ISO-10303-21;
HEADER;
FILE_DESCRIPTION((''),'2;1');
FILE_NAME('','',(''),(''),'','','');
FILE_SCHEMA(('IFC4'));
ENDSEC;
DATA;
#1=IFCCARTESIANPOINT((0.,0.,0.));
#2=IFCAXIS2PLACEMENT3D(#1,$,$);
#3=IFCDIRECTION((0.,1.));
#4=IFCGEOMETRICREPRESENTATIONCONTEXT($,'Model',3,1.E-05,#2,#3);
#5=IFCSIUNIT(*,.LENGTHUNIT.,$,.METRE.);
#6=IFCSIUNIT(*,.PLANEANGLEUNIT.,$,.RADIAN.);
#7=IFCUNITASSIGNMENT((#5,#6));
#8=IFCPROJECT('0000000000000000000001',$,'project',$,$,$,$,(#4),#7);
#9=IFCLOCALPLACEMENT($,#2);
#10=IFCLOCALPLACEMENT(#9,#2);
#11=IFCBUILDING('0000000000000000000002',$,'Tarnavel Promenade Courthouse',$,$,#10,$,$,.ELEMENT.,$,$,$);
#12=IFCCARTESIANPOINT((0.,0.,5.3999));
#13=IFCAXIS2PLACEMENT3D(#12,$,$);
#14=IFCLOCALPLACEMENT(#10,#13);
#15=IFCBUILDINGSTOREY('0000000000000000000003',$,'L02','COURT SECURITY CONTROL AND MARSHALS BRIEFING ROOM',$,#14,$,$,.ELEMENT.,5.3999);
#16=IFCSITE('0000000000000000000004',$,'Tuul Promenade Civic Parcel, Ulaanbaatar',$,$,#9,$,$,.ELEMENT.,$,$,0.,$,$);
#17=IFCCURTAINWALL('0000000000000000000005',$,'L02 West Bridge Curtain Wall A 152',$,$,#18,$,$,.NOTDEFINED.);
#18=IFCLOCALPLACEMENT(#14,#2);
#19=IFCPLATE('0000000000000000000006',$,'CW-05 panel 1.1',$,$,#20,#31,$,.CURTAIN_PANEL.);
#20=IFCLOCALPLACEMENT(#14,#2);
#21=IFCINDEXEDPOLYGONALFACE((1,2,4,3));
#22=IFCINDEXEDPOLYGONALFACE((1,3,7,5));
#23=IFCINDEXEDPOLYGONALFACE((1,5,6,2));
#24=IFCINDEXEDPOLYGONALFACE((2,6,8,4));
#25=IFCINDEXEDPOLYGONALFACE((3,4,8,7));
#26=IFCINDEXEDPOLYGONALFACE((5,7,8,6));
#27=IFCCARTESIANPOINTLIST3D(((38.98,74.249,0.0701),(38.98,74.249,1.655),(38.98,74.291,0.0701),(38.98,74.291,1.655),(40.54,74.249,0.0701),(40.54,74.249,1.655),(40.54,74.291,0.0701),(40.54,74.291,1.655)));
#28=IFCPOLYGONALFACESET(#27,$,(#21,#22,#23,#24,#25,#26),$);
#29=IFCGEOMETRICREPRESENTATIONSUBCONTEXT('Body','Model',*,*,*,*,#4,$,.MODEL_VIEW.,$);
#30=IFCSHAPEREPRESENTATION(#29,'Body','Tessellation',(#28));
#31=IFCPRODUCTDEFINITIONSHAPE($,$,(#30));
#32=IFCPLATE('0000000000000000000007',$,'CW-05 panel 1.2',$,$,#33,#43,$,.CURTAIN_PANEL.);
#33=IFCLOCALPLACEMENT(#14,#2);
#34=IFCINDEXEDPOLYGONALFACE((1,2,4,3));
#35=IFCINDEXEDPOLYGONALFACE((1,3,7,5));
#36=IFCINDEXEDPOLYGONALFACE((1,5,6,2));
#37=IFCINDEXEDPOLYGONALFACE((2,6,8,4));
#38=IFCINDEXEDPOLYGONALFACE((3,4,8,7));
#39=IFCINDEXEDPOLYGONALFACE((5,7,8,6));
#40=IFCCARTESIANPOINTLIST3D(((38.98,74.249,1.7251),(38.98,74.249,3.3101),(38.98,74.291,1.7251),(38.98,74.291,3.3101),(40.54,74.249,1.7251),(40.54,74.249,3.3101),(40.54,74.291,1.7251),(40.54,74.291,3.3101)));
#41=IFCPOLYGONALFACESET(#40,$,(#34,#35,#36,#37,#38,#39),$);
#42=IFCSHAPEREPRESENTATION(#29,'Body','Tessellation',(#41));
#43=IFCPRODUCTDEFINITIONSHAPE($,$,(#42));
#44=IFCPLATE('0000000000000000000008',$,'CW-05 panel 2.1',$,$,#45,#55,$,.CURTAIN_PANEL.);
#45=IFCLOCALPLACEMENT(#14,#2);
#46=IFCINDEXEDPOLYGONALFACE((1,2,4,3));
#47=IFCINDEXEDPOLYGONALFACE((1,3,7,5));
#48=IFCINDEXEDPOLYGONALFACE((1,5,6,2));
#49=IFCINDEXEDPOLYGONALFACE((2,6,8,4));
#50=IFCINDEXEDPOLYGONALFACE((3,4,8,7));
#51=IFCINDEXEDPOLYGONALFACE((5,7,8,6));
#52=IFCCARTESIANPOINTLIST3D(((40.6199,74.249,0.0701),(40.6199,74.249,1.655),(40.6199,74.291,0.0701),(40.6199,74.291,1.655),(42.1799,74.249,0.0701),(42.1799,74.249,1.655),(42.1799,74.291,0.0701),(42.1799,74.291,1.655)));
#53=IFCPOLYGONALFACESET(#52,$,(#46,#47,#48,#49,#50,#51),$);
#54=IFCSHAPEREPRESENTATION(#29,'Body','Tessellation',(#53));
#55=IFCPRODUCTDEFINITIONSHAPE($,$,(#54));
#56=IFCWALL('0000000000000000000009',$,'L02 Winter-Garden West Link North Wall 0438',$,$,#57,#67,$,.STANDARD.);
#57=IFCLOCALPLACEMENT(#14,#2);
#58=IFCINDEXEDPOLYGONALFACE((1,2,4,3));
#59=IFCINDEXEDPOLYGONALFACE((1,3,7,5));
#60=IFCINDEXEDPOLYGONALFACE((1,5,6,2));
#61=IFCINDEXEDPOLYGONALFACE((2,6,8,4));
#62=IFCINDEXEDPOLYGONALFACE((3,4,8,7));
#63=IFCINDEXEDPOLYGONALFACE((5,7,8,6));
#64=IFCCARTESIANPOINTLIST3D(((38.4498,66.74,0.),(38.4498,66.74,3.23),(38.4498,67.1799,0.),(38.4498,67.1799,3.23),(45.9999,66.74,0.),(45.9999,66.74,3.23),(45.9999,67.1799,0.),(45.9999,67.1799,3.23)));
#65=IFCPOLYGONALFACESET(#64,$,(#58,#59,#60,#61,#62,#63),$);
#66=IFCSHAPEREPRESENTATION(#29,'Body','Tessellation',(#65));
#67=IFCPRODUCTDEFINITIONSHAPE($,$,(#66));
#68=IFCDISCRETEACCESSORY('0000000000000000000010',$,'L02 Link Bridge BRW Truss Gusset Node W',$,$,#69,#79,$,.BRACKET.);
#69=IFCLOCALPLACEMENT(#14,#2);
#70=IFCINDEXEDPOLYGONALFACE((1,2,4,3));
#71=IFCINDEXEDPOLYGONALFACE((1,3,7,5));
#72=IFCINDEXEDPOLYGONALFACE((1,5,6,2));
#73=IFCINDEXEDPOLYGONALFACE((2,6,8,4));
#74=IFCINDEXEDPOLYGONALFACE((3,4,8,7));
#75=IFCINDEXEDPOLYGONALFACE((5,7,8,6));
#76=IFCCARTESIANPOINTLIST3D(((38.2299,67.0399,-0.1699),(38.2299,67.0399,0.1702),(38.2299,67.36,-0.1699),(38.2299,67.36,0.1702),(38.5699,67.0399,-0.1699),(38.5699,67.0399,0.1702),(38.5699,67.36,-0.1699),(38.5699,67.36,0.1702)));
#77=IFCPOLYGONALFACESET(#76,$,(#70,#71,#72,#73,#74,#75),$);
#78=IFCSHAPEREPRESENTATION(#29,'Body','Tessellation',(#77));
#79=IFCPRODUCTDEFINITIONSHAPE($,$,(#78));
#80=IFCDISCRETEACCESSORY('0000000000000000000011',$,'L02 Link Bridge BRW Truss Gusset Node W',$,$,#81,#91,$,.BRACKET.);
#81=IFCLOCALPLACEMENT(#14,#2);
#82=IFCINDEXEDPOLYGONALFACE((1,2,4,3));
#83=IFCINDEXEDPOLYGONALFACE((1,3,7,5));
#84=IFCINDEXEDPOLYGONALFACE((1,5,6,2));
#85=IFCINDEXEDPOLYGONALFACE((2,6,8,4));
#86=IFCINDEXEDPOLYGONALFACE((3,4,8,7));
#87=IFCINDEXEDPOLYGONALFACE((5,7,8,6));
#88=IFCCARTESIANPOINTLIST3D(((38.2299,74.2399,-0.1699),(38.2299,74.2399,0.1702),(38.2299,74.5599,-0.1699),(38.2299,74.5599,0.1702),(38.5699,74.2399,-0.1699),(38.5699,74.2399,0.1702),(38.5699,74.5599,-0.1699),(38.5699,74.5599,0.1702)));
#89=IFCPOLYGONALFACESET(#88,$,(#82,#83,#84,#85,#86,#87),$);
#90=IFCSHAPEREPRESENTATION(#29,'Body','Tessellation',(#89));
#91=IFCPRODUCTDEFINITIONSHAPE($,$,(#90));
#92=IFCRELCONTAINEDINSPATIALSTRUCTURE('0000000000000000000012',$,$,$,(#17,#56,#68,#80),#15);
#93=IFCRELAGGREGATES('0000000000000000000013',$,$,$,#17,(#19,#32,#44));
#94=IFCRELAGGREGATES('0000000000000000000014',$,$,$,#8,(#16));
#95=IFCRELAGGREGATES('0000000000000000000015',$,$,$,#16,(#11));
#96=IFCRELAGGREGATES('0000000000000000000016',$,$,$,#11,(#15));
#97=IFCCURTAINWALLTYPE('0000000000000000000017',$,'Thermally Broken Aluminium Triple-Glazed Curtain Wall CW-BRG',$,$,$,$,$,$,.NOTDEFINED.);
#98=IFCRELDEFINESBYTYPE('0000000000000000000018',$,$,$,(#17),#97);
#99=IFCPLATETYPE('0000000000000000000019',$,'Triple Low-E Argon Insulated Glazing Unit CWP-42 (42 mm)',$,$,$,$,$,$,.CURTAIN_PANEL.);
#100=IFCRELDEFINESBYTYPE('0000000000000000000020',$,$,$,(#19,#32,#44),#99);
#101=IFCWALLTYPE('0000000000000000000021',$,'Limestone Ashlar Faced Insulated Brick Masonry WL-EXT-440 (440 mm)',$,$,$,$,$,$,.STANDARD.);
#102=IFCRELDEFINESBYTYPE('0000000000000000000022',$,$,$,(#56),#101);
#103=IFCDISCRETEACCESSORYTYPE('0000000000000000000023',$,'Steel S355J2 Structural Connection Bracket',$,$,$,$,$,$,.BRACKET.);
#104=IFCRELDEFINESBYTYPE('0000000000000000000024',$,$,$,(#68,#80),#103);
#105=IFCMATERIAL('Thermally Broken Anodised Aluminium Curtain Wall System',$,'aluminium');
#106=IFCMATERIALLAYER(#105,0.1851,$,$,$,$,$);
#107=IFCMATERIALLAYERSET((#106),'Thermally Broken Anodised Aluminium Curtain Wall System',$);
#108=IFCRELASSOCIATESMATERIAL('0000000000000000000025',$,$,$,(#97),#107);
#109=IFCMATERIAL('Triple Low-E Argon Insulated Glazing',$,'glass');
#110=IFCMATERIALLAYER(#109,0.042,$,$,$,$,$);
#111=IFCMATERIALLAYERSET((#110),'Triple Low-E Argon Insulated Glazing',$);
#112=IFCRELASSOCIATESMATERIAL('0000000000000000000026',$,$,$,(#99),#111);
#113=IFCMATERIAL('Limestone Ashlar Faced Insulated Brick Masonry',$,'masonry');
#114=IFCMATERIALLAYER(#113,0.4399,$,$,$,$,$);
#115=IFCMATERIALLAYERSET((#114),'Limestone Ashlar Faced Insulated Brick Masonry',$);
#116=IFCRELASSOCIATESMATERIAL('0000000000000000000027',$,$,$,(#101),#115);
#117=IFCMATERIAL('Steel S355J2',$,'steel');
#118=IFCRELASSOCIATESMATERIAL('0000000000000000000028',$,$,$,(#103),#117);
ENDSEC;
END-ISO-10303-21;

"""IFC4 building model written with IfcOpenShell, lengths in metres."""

from ifc_helpers import new_model, si_unit, direction, frame, frame_2d, origin, origin_2d, place, context, subcontext, project, spatial, rectangle, extrude, material, layer, layer_set, type_object, element, aggregate, save


model = new_model("IFC4")

# Units and contexts
model_context = context("Model", 3, precision=1e-05, world=origin(), true_north=direction((0.0, 1.0)))
body_context = subcontext(model_context, "Body", "Model", "MODEL_VIEW")
ifc_project = project(units=[si_unit("LENGTHUNIT", "METRE"), si_unit("PLANEANGLEUNIT", "RADIAN")], contexts=[model_context])

# Site, building, storey
site_placement = place(None, origin())
site = spatial("IfcSite", under=ifc_project, at=site_placement, Name="Tuul Promenade Civic Parcel, Ulaanbaatar", CompositionType="ELEMENT", RefElevation=0.0)
building_placement = place(site_placement, origin())
building = spatial("IfcBuilding", under=site, at=building_placement, Name="Tarnavel Promenade Courthouse", CompositionType="ELEMENT")
storey_placement = place(building_placement, frame((0.0, 0.0, 5.3999)))
storey = spatial("IfcBuildingStorey", under=building, at=storey_placement, Name="L02", Description="COURT SECURITY CONTROL AND MARSHALS BRIEFING ROOM", CompositionType="ELEMENT", Elevation=5.3999)

# Shared definitions
ifc_material_1 = material(Name="Steel S355J2", Category="steel")

# Curtain wall
ifc_material_2 = material(Name="Thermally Broken Anodised Aluminium Curtain Wall System", Category="aluminium")
ifc_layer_1 = layer(ifc_material_2, 0.1851)
ifc_layer_set_1 = layer_set([ifc_layer_1], Name="Thermally Broken Anodised Aluminium Curtain Wall System")
curtain_wall_type = type_object("IfcCurtainWallType", Name="Thermally Broken Aluminium Triple-Glazed Curtain Wall CW-BRG", PredefinedType="NOTDEFINED", material=ifc_layer_set_1)
curtain_wall_1_placement = place(storey_placement, origin())
curtain_wall_1 = element("IfcCurtainWall", 1, at=curtain_wall_1_placement, inside=storey, type_object=curtain_wall_type, Name="L02 West Bridge Curtain Wall A 152", PredefinedType="NOTDEFINED")

# Plates
ifc_material_3 = material(Name="Triple Low-E Argon Insulated Glazing", Category="glass")
ifc_layer_2 = layer(ifc_material_3, 0.042)
ifc_layer_set_2 = layer_set([ifc_layer_2], Name="Triple Low-E Argon Insulated Glazing")
plate_type = type_object("IfcPlateType", Name="Triple Low-E Argon Insulated Glazing Unit CWP-42 (42 mm)", PredefinedType="CURTAIN_PANEL", material=ifc_layer_set_2)
plate_1_placement = place(storey_placement, frame((39.76, 74.27, 0.0701), z_axis=(0.0, 0.0, 1.0), x_axis=(1.0, 0.0, 0.0)))
plate_1 = element("IfcPlate", 2, at=plate_1_placement, type_object=plate_type, Name="CW-05 panel 1.1", PredefinedType="CURTAIN_PANEL", context=body_context, shape_type="SweptSolid", body=[
    extrude(rectangle(XDim=1.5601, YDim=0.042, at=origin_2d()), origin(), (0.0, 0.0, 1.0), 1.585),
])
plate_2_placement = place(storey_placement, frame((39.76, 74.27, 1.7251), z_axis=(0.0, 0.0, 1.0), x_axis=(1.0, 0.0, 0.0)))
plate_2 = element("IfcPlate", 3, at=plate_2_placement, type_object=plate_type, Name="CW-05 panel 1.2", PredefinedType="CURTAIN_PANEL", context=body_context, shape_type="SweptSolid", body=[
    extrude(rectangle(XDim=1.5601, YDim=0.042, at=origin_2d()), origin(), (0.0, 0.0, 1.0), 1.585),
])
plate_3_placement = place(storey_placement, frame((41.3999, 74.27, 0.0701), z_axis=(0.0, 0.0, 1.0), x_axis=(1.0, 0.0, 0.0)))
plate_3 = element("IfcPlate", 4, at=plate_3_placement, type_object=plate_type, Name="CW-05 panel 2.1", PredefinedType="CURTAIN_PANEL", context=body_context, shape_type="SweptSolid", body=[
    extrude(rectangle(XDim=1.5601, YDim=0.042, at=origin_2d()), origin(), (0.0, 0.0, 1.0), 1.585),
])
aggregate(curtain_wall_1, [plate_1, plate_2, plate_3])

# Wall
ifc_material_4 = material(Name="Limestone Ashlar Faced Insulated Brick Masonry", Category="masonry")
ifc_layer_3 = layer(ifc_material_4, 0.4399)
ifc_layer_set_3 = layer_set([ifc_layer_3], Name="Limestone Ashlar Faced Insulated Brick Masonry")
wall_type = type_object("IfcWallType", Name="Limestone Ashlar Faced Insulated Brick Masonry WL-EXT-440 (440 mm)", PredefinedType="STANDARD", material=ifc_layer_set_3)
wall_placement = place(storey_placement, frame((38.45, 66.96, 0.0), z_axis=(0.0, 0.0, 1.0), x_axis=(1.0, 0.0, 0.0)))
element("IfcWall", 5, at=wall_placement, inside=storey, type_object=wall_type, Name="L02 Winter-Garden West Link North Wall 0438", PredefinedType="STANDARD", context=body_context, shape_type="SweptSolid", body=[
    extrude(rectangle(XDim=7.55, YDim=0.4399, at=frame_2d((3.7749, 0.0))), origin(), (0.0, 0.0, 1.0), 3.23),
])

# Discrete accessories
discrete_accessory_type = type_object("IfcDiscreteAccessoryType", Name="Steel S355J2 Structural Connection Bracket", PredefinedType="BRACKET", material=ifc_material_1)
for number, where, z_axis, x_axis, name in (
    (6, (38.3999, 67.2, -0.1699), (0.0, 0.0, 1.0), (1.0, 0.0, 0.0), "L02 Link Bridge BRW Truss Gusset Node W"),
    (7, (38.3999, 74.3999, -0.1699), (0.0, 0.0, 1.0), (1.0, 0.0, 0.0), "L02 Link Bridge BRW Truss Gusset Node W"),
):
    element("IfcDiscreteAccessory", number, at=place(storey_placement, frame(where, z_axis=z_axis, x_axis=x_axis)), inside=storey, type_object=discrete_accessory_type, Name=name, PredefinedType="BRACKET", context=body_context, shape_type="SweptSolid", body=[
        extrude(rectangle(XDim=0.3401, YDim=0.3201, at=origin_2d()), origin(), (0.0, 0.0, 1.0), 0.3401),
    ])

save(model, "model.ifc")
